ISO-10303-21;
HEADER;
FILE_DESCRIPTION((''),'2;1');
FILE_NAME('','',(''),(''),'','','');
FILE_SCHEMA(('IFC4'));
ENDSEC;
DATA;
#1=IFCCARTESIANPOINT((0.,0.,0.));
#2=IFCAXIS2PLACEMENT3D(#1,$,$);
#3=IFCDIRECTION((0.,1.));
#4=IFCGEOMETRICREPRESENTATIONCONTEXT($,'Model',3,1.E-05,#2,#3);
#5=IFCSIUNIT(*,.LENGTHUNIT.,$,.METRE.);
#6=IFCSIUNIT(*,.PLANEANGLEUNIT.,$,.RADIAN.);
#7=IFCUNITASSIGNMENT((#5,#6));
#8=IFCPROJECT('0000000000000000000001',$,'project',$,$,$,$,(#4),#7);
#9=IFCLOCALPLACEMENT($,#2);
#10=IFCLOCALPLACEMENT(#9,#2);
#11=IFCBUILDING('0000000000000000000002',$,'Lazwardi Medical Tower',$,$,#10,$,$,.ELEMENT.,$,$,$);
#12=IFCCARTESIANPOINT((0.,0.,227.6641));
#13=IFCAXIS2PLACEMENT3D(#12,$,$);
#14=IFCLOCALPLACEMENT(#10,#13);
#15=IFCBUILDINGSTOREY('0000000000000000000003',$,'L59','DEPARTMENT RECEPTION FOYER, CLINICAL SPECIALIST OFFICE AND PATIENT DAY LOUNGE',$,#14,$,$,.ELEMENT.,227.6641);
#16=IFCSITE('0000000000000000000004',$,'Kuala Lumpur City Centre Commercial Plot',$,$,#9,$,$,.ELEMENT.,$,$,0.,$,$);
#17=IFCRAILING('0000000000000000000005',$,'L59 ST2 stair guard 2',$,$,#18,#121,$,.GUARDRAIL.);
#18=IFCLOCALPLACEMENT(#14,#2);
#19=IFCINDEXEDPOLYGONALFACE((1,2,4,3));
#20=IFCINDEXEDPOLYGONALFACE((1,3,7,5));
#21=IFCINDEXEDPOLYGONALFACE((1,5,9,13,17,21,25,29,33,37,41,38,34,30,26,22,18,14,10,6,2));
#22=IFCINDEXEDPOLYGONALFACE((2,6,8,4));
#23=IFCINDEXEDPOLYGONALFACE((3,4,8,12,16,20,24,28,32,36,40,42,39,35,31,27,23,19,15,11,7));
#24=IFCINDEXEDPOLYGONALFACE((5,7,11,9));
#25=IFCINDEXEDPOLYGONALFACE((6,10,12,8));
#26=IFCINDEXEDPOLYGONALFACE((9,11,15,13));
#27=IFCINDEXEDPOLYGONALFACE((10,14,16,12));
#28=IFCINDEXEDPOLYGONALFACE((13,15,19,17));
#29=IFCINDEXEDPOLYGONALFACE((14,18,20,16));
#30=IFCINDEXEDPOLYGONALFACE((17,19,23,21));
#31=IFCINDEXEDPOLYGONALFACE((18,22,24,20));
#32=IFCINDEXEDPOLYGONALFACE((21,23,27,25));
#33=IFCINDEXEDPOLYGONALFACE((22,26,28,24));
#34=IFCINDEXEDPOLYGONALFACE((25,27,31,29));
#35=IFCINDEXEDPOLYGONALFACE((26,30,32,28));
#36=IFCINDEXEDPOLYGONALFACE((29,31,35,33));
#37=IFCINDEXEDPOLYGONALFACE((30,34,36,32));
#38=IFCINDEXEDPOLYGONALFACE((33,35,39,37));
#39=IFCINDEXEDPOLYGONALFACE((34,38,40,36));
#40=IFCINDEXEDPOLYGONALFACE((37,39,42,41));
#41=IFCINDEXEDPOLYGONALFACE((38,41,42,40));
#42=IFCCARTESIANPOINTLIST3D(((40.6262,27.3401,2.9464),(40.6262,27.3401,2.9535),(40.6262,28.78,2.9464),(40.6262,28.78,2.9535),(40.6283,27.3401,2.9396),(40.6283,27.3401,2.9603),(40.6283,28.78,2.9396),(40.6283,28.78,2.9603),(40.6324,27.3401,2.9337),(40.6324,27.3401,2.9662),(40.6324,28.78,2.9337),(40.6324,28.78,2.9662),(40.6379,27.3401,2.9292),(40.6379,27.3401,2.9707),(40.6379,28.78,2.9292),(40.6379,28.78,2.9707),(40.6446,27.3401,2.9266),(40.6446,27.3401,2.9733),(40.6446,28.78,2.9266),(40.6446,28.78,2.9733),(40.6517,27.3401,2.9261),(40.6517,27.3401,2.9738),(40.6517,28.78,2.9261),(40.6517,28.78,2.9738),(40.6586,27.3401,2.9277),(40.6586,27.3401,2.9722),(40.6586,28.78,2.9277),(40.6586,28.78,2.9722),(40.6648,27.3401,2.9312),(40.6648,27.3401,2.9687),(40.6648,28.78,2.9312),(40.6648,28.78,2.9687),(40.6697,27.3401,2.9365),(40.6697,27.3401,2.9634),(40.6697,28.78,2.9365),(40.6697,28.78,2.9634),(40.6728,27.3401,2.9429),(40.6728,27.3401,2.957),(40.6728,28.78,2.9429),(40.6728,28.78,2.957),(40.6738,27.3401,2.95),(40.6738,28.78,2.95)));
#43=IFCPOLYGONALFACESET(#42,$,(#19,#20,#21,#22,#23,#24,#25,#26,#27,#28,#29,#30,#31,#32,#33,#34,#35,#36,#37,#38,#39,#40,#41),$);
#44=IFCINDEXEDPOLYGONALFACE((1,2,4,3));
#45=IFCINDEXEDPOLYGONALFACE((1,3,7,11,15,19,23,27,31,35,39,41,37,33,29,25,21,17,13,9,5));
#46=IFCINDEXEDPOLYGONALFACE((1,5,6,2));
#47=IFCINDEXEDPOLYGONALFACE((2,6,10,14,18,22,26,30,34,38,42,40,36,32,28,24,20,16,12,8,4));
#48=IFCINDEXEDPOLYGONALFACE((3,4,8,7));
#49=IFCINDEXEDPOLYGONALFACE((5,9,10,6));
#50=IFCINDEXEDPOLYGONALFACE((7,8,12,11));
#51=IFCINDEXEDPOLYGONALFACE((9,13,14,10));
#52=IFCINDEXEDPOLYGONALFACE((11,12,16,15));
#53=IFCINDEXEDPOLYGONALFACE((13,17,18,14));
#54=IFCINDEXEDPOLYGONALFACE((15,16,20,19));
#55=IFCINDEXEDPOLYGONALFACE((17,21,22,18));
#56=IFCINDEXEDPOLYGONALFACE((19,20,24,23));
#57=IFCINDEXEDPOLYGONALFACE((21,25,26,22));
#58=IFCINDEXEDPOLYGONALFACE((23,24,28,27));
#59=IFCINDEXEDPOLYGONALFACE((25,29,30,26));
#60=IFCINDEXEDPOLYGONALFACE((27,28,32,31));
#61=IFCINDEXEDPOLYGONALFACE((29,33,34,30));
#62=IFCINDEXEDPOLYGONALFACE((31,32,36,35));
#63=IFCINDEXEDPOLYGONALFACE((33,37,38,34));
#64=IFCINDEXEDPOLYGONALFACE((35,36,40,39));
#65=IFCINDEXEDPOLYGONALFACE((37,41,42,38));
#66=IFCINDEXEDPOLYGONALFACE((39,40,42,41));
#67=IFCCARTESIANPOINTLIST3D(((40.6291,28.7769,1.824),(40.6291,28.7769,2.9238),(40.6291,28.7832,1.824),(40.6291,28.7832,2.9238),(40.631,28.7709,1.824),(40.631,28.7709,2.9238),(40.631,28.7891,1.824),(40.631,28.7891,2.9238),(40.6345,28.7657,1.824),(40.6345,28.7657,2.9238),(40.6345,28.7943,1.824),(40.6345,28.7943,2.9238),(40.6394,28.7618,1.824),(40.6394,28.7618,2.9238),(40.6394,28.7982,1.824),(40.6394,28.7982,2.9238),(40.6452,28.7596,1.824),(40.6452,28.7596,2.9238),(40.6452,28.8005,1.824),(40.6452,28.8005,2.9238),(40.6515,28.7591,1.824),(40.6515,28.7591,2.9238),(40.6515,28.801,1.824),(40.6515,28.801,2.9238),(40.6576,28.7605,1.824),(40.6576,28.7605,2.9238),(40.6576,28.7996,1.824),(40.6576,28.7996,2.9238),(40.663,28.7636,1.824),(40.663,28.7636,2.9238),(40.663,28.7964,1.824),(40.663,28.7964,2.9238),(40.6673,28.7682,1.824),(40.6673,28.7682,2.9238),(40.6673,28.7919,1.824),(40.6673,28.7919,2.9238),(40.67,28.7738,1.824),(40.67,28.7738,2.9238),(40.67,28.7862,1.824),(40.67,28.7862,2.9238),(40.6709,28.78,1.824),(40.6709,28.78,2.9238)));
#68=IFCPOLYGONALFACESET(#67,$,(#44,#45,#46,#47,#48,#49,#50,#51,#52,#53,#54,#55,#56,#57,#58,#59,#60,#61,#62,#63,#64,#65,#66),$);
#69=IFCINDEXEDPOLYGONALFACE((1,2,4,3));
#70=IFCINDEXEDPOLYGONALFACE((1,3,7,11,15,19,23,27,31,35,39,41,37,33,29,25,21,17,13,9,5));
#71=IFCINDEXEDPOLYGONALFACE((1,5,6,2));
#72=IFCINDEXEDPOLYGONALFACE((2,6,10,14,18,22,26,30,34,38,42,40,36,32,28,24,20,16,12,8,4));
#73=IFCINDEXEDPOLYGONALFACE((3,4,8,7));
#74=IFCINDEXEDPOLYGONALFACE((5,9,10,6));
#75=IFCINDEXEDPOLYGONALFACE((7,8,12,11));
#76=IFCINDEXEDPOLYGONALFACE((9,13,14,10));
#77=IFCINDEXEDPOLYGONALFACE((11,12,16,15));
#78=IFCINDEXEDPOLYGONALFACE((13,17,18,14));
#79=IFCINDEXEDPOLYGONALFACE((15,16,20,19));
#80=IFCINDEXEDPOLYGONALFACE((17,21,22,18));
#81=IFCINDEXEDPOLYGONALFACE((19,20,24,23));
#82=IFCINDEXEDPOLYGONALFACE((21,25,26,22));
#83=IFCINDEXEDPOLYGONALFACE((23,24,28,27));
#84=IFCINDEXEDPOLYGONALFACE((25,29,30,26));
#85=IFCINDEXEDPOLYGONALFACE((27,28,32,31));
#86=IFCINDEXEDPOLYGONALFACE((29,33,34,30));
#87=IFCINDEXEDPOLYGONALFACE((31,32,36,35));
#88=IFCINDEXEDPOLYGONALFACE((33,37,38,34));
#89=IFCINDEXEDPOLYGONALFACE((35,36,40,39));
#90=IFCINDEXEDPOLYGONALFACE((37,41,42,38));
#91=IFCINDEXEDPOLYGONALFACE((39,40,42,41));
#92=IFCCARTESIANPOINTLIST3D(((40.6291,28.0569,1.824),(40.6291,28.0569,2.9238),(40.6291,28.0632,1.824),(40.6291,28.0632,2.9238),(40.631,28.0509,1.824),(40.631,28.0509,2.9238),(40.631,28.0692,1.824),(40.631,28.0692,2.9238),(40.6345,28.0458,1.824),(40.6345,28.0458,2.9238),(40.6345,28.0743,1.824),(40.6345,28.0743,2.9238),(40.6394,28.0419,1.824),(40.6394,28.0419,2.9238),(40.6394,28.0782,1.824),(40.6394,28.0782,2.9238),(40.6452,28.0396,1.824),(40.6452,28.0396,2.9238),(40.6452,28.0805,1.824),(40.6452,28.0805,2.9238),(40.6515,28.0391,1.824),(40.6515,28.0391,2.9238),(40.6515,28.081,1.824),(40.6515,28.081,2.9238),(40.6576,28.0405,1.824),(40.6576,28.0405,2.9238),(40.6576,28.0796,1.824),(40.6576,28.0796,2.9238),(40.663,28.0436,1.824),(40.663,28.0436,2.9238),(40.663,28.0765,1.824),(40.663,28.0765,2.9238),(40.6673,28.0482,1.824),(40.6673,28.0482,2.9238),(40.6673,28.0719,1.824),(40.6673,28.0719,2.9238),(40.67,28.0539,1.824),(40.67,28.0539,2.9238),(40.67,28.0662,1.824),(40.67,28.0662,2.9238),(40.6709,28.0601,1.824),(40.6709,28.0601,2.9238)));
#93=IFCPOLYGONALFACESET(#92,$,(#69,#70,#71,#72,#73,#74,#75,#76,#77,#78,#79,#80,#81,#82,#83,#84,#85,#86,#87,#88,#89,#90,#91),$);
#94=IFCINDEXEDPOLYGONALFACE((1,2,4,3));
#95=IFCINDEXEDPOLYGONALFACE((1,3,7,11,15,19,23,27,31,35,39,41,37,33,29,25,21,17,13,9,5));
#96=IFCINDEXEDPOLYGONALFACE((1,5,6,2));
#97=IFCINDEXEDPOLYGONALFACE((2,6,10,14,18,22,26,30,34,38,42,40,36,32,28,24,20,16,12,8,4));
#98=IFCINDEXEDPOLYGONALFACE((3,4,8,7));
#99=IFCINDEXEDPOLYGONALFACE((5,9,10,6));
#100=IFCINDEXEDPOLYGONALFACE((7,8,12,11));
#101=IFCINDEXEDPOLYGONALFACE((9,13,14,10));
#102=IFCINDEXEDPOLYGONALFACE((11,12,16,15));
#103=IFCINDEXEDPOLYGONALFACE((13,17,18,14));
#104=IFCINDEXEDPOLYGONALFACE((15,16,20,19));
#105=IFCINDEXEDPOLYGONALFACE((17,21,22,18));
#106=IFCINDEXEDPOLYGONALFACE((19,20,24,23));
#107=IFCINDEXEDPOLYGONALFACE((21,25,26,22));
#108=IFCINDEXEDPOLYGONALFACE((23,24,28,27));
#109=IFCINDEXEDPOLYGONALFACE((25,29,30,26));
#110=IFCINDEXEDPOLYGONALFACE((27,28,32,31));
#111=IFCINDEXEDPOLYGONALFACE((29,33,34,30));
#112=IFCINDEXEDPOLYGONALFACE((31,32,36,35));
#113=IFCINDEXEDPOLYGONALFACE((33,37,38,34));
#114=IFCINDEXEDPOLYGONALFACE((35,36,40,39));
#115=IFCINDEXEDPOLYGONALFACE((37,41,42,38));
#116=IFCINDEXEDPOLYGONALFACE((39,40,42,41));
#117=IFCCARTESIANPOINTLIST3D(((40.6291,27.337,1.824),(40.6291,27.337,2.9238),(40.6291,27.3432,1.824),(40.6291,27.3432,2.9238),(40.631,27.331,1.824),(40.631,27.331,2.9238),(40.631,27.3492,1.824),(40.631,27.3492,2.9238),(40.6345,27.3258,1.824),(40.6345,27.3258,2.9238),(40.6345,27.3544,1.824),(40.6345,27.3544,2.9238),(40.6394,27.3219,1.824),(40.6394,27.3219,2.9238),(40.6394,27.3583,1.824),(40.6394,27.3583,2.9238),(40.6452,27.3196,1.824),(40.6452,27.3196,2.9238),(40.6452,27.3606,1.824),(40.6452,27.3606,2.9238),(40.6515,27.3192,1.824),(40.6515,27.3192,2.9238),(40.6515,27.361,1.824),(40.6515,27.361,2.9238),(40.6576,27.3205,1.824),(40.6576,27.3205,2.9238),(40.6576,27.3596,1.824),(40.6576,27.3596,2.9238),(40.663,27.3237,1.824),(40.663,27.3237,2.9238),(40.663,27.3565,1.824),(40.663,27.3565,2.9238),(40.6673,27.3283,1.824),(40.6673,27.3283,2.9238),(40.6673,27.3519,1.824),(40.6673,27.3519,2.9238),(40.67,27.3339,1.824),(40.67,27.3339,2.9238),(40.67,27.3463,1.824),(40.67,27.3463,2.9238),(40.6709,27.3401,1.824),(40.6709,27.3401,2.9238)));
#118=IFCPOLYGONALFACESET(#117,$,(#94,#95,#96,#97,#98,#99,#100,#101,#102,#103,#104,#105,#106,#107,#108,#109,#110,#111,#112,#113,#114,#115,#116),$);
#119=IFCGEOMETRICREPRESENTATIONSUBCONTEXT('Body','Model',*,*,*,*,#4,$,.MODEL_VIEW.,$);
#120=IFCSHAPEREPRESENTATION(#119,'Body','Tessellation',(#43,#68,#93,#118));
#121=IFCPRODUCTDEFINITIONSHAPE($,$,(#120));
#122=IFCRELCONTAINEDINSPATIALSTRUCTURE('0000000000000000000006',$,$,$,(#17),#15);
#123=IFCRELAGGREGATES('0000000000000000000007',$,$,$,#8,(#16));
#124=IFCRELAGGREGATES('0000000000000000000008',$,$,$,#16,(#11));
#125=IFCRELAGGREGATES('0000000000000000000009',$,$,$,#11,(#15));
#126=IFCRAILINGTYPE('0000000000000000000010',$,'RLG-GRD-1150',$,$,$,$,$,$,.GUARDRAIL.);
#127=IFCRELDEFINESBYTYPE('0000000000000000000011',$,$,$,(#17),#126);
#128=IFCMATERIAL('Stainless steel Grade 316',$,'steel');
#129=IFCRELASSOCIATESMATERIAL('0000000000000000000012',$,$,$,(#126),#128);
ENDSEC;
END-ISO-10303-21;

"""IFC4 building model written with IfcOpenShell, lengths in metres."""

from ifc_helpers import new_model, si_unit, direction, frame, origin, origin_2d, place, context, subcontext, project, spatial, circle, extrude, material, type_object, element, save


model = new_model("IFC4")

# Units and contexts
model_context = context("Model", 3, precision=1e-05, world=origin(), true_north=direction((0.0, 1.0)))
body_context = subcontext(model_context, "Body", "Model", "MODEL_VIEW")
ifc_project = project(units=[si_unit("LENGTHUNIT", "METRE"), si_unit("PLANEANGLEUNIT", "RADIAN")], contexts=[model_context])

# Site, building, storey
site_placement = place(None, origin())
site = spatial("IfcSite", under=ifc_project, at=site_placement, Name="Kuala Lumpur City Centre Commercial Plot", CompositionType="ELEMENT", RefElevation=0.0)
building_placement = place(site_placement, origin())
building = spatial("IfcBuilding", under=site, at=building_placement, Name="Lazwardi Medical Tower", CompositionType="ELEMENT")
storey_placement = place(building_placement, frame((0.0, 0.0, 227.6641)))
storey = spatial("IfcBuildingStorey", under=building, at=storey_placement, Name="L59", Description="DEPARTMENT RECEPTION FOYER, CLINICAL SPECIALIST OFFICE AND PATIENT DAY LOUNGE", CompositionType="ELEMENT", Elevation=227.6641)

# Railing
ifc_material_1 = material(Name="Stainless steel Grade 316", Category="steel")
railing_type_1 = type_object("IfcRailingType", Name="RLG-GRD-1150", PredefinedType="GUARDRAIL", material=ifc_material_1)
railing_1_placement = place(storey_placement, frame((40.6499, 28.78, 1.824)))
element("IfcRailing", 1, at=railing_1_placement, inside=storey, type_object=railing_type_1, Name="L59 ST2 stair guard 2", PredefinedType="GUARDRAIL", context=body_context, shape_type="SweptSolid", body=[
    extrude(circle(Radius=0.0239, at=origin_2d()), frame((0.0, 0.0, 1.126), z_axis=(0.0, -1.0, 0.0), x_axis=(1.0, 0.0, 0.0)), (0.0, 0.0, 1.0), 1.4399),
    extrude(circle(Radius=0.021, at=origin_2d()), origin(), (0.0, 0.0, 1.0), 1.0999),
    extrude(circle(Radius=0.021, at=origin_2d()), frame((0.0, -0.72, 0.0)), (0.0, 0.0, 1.0), 1.0999),
    extrude(circle(Radius=0.021, at=origin_2d()), frame((0.0, -1.4399, 0.0)), (0.0, 0.0, 1.0), 1.0999),
])

save(model, "model.ifc")
